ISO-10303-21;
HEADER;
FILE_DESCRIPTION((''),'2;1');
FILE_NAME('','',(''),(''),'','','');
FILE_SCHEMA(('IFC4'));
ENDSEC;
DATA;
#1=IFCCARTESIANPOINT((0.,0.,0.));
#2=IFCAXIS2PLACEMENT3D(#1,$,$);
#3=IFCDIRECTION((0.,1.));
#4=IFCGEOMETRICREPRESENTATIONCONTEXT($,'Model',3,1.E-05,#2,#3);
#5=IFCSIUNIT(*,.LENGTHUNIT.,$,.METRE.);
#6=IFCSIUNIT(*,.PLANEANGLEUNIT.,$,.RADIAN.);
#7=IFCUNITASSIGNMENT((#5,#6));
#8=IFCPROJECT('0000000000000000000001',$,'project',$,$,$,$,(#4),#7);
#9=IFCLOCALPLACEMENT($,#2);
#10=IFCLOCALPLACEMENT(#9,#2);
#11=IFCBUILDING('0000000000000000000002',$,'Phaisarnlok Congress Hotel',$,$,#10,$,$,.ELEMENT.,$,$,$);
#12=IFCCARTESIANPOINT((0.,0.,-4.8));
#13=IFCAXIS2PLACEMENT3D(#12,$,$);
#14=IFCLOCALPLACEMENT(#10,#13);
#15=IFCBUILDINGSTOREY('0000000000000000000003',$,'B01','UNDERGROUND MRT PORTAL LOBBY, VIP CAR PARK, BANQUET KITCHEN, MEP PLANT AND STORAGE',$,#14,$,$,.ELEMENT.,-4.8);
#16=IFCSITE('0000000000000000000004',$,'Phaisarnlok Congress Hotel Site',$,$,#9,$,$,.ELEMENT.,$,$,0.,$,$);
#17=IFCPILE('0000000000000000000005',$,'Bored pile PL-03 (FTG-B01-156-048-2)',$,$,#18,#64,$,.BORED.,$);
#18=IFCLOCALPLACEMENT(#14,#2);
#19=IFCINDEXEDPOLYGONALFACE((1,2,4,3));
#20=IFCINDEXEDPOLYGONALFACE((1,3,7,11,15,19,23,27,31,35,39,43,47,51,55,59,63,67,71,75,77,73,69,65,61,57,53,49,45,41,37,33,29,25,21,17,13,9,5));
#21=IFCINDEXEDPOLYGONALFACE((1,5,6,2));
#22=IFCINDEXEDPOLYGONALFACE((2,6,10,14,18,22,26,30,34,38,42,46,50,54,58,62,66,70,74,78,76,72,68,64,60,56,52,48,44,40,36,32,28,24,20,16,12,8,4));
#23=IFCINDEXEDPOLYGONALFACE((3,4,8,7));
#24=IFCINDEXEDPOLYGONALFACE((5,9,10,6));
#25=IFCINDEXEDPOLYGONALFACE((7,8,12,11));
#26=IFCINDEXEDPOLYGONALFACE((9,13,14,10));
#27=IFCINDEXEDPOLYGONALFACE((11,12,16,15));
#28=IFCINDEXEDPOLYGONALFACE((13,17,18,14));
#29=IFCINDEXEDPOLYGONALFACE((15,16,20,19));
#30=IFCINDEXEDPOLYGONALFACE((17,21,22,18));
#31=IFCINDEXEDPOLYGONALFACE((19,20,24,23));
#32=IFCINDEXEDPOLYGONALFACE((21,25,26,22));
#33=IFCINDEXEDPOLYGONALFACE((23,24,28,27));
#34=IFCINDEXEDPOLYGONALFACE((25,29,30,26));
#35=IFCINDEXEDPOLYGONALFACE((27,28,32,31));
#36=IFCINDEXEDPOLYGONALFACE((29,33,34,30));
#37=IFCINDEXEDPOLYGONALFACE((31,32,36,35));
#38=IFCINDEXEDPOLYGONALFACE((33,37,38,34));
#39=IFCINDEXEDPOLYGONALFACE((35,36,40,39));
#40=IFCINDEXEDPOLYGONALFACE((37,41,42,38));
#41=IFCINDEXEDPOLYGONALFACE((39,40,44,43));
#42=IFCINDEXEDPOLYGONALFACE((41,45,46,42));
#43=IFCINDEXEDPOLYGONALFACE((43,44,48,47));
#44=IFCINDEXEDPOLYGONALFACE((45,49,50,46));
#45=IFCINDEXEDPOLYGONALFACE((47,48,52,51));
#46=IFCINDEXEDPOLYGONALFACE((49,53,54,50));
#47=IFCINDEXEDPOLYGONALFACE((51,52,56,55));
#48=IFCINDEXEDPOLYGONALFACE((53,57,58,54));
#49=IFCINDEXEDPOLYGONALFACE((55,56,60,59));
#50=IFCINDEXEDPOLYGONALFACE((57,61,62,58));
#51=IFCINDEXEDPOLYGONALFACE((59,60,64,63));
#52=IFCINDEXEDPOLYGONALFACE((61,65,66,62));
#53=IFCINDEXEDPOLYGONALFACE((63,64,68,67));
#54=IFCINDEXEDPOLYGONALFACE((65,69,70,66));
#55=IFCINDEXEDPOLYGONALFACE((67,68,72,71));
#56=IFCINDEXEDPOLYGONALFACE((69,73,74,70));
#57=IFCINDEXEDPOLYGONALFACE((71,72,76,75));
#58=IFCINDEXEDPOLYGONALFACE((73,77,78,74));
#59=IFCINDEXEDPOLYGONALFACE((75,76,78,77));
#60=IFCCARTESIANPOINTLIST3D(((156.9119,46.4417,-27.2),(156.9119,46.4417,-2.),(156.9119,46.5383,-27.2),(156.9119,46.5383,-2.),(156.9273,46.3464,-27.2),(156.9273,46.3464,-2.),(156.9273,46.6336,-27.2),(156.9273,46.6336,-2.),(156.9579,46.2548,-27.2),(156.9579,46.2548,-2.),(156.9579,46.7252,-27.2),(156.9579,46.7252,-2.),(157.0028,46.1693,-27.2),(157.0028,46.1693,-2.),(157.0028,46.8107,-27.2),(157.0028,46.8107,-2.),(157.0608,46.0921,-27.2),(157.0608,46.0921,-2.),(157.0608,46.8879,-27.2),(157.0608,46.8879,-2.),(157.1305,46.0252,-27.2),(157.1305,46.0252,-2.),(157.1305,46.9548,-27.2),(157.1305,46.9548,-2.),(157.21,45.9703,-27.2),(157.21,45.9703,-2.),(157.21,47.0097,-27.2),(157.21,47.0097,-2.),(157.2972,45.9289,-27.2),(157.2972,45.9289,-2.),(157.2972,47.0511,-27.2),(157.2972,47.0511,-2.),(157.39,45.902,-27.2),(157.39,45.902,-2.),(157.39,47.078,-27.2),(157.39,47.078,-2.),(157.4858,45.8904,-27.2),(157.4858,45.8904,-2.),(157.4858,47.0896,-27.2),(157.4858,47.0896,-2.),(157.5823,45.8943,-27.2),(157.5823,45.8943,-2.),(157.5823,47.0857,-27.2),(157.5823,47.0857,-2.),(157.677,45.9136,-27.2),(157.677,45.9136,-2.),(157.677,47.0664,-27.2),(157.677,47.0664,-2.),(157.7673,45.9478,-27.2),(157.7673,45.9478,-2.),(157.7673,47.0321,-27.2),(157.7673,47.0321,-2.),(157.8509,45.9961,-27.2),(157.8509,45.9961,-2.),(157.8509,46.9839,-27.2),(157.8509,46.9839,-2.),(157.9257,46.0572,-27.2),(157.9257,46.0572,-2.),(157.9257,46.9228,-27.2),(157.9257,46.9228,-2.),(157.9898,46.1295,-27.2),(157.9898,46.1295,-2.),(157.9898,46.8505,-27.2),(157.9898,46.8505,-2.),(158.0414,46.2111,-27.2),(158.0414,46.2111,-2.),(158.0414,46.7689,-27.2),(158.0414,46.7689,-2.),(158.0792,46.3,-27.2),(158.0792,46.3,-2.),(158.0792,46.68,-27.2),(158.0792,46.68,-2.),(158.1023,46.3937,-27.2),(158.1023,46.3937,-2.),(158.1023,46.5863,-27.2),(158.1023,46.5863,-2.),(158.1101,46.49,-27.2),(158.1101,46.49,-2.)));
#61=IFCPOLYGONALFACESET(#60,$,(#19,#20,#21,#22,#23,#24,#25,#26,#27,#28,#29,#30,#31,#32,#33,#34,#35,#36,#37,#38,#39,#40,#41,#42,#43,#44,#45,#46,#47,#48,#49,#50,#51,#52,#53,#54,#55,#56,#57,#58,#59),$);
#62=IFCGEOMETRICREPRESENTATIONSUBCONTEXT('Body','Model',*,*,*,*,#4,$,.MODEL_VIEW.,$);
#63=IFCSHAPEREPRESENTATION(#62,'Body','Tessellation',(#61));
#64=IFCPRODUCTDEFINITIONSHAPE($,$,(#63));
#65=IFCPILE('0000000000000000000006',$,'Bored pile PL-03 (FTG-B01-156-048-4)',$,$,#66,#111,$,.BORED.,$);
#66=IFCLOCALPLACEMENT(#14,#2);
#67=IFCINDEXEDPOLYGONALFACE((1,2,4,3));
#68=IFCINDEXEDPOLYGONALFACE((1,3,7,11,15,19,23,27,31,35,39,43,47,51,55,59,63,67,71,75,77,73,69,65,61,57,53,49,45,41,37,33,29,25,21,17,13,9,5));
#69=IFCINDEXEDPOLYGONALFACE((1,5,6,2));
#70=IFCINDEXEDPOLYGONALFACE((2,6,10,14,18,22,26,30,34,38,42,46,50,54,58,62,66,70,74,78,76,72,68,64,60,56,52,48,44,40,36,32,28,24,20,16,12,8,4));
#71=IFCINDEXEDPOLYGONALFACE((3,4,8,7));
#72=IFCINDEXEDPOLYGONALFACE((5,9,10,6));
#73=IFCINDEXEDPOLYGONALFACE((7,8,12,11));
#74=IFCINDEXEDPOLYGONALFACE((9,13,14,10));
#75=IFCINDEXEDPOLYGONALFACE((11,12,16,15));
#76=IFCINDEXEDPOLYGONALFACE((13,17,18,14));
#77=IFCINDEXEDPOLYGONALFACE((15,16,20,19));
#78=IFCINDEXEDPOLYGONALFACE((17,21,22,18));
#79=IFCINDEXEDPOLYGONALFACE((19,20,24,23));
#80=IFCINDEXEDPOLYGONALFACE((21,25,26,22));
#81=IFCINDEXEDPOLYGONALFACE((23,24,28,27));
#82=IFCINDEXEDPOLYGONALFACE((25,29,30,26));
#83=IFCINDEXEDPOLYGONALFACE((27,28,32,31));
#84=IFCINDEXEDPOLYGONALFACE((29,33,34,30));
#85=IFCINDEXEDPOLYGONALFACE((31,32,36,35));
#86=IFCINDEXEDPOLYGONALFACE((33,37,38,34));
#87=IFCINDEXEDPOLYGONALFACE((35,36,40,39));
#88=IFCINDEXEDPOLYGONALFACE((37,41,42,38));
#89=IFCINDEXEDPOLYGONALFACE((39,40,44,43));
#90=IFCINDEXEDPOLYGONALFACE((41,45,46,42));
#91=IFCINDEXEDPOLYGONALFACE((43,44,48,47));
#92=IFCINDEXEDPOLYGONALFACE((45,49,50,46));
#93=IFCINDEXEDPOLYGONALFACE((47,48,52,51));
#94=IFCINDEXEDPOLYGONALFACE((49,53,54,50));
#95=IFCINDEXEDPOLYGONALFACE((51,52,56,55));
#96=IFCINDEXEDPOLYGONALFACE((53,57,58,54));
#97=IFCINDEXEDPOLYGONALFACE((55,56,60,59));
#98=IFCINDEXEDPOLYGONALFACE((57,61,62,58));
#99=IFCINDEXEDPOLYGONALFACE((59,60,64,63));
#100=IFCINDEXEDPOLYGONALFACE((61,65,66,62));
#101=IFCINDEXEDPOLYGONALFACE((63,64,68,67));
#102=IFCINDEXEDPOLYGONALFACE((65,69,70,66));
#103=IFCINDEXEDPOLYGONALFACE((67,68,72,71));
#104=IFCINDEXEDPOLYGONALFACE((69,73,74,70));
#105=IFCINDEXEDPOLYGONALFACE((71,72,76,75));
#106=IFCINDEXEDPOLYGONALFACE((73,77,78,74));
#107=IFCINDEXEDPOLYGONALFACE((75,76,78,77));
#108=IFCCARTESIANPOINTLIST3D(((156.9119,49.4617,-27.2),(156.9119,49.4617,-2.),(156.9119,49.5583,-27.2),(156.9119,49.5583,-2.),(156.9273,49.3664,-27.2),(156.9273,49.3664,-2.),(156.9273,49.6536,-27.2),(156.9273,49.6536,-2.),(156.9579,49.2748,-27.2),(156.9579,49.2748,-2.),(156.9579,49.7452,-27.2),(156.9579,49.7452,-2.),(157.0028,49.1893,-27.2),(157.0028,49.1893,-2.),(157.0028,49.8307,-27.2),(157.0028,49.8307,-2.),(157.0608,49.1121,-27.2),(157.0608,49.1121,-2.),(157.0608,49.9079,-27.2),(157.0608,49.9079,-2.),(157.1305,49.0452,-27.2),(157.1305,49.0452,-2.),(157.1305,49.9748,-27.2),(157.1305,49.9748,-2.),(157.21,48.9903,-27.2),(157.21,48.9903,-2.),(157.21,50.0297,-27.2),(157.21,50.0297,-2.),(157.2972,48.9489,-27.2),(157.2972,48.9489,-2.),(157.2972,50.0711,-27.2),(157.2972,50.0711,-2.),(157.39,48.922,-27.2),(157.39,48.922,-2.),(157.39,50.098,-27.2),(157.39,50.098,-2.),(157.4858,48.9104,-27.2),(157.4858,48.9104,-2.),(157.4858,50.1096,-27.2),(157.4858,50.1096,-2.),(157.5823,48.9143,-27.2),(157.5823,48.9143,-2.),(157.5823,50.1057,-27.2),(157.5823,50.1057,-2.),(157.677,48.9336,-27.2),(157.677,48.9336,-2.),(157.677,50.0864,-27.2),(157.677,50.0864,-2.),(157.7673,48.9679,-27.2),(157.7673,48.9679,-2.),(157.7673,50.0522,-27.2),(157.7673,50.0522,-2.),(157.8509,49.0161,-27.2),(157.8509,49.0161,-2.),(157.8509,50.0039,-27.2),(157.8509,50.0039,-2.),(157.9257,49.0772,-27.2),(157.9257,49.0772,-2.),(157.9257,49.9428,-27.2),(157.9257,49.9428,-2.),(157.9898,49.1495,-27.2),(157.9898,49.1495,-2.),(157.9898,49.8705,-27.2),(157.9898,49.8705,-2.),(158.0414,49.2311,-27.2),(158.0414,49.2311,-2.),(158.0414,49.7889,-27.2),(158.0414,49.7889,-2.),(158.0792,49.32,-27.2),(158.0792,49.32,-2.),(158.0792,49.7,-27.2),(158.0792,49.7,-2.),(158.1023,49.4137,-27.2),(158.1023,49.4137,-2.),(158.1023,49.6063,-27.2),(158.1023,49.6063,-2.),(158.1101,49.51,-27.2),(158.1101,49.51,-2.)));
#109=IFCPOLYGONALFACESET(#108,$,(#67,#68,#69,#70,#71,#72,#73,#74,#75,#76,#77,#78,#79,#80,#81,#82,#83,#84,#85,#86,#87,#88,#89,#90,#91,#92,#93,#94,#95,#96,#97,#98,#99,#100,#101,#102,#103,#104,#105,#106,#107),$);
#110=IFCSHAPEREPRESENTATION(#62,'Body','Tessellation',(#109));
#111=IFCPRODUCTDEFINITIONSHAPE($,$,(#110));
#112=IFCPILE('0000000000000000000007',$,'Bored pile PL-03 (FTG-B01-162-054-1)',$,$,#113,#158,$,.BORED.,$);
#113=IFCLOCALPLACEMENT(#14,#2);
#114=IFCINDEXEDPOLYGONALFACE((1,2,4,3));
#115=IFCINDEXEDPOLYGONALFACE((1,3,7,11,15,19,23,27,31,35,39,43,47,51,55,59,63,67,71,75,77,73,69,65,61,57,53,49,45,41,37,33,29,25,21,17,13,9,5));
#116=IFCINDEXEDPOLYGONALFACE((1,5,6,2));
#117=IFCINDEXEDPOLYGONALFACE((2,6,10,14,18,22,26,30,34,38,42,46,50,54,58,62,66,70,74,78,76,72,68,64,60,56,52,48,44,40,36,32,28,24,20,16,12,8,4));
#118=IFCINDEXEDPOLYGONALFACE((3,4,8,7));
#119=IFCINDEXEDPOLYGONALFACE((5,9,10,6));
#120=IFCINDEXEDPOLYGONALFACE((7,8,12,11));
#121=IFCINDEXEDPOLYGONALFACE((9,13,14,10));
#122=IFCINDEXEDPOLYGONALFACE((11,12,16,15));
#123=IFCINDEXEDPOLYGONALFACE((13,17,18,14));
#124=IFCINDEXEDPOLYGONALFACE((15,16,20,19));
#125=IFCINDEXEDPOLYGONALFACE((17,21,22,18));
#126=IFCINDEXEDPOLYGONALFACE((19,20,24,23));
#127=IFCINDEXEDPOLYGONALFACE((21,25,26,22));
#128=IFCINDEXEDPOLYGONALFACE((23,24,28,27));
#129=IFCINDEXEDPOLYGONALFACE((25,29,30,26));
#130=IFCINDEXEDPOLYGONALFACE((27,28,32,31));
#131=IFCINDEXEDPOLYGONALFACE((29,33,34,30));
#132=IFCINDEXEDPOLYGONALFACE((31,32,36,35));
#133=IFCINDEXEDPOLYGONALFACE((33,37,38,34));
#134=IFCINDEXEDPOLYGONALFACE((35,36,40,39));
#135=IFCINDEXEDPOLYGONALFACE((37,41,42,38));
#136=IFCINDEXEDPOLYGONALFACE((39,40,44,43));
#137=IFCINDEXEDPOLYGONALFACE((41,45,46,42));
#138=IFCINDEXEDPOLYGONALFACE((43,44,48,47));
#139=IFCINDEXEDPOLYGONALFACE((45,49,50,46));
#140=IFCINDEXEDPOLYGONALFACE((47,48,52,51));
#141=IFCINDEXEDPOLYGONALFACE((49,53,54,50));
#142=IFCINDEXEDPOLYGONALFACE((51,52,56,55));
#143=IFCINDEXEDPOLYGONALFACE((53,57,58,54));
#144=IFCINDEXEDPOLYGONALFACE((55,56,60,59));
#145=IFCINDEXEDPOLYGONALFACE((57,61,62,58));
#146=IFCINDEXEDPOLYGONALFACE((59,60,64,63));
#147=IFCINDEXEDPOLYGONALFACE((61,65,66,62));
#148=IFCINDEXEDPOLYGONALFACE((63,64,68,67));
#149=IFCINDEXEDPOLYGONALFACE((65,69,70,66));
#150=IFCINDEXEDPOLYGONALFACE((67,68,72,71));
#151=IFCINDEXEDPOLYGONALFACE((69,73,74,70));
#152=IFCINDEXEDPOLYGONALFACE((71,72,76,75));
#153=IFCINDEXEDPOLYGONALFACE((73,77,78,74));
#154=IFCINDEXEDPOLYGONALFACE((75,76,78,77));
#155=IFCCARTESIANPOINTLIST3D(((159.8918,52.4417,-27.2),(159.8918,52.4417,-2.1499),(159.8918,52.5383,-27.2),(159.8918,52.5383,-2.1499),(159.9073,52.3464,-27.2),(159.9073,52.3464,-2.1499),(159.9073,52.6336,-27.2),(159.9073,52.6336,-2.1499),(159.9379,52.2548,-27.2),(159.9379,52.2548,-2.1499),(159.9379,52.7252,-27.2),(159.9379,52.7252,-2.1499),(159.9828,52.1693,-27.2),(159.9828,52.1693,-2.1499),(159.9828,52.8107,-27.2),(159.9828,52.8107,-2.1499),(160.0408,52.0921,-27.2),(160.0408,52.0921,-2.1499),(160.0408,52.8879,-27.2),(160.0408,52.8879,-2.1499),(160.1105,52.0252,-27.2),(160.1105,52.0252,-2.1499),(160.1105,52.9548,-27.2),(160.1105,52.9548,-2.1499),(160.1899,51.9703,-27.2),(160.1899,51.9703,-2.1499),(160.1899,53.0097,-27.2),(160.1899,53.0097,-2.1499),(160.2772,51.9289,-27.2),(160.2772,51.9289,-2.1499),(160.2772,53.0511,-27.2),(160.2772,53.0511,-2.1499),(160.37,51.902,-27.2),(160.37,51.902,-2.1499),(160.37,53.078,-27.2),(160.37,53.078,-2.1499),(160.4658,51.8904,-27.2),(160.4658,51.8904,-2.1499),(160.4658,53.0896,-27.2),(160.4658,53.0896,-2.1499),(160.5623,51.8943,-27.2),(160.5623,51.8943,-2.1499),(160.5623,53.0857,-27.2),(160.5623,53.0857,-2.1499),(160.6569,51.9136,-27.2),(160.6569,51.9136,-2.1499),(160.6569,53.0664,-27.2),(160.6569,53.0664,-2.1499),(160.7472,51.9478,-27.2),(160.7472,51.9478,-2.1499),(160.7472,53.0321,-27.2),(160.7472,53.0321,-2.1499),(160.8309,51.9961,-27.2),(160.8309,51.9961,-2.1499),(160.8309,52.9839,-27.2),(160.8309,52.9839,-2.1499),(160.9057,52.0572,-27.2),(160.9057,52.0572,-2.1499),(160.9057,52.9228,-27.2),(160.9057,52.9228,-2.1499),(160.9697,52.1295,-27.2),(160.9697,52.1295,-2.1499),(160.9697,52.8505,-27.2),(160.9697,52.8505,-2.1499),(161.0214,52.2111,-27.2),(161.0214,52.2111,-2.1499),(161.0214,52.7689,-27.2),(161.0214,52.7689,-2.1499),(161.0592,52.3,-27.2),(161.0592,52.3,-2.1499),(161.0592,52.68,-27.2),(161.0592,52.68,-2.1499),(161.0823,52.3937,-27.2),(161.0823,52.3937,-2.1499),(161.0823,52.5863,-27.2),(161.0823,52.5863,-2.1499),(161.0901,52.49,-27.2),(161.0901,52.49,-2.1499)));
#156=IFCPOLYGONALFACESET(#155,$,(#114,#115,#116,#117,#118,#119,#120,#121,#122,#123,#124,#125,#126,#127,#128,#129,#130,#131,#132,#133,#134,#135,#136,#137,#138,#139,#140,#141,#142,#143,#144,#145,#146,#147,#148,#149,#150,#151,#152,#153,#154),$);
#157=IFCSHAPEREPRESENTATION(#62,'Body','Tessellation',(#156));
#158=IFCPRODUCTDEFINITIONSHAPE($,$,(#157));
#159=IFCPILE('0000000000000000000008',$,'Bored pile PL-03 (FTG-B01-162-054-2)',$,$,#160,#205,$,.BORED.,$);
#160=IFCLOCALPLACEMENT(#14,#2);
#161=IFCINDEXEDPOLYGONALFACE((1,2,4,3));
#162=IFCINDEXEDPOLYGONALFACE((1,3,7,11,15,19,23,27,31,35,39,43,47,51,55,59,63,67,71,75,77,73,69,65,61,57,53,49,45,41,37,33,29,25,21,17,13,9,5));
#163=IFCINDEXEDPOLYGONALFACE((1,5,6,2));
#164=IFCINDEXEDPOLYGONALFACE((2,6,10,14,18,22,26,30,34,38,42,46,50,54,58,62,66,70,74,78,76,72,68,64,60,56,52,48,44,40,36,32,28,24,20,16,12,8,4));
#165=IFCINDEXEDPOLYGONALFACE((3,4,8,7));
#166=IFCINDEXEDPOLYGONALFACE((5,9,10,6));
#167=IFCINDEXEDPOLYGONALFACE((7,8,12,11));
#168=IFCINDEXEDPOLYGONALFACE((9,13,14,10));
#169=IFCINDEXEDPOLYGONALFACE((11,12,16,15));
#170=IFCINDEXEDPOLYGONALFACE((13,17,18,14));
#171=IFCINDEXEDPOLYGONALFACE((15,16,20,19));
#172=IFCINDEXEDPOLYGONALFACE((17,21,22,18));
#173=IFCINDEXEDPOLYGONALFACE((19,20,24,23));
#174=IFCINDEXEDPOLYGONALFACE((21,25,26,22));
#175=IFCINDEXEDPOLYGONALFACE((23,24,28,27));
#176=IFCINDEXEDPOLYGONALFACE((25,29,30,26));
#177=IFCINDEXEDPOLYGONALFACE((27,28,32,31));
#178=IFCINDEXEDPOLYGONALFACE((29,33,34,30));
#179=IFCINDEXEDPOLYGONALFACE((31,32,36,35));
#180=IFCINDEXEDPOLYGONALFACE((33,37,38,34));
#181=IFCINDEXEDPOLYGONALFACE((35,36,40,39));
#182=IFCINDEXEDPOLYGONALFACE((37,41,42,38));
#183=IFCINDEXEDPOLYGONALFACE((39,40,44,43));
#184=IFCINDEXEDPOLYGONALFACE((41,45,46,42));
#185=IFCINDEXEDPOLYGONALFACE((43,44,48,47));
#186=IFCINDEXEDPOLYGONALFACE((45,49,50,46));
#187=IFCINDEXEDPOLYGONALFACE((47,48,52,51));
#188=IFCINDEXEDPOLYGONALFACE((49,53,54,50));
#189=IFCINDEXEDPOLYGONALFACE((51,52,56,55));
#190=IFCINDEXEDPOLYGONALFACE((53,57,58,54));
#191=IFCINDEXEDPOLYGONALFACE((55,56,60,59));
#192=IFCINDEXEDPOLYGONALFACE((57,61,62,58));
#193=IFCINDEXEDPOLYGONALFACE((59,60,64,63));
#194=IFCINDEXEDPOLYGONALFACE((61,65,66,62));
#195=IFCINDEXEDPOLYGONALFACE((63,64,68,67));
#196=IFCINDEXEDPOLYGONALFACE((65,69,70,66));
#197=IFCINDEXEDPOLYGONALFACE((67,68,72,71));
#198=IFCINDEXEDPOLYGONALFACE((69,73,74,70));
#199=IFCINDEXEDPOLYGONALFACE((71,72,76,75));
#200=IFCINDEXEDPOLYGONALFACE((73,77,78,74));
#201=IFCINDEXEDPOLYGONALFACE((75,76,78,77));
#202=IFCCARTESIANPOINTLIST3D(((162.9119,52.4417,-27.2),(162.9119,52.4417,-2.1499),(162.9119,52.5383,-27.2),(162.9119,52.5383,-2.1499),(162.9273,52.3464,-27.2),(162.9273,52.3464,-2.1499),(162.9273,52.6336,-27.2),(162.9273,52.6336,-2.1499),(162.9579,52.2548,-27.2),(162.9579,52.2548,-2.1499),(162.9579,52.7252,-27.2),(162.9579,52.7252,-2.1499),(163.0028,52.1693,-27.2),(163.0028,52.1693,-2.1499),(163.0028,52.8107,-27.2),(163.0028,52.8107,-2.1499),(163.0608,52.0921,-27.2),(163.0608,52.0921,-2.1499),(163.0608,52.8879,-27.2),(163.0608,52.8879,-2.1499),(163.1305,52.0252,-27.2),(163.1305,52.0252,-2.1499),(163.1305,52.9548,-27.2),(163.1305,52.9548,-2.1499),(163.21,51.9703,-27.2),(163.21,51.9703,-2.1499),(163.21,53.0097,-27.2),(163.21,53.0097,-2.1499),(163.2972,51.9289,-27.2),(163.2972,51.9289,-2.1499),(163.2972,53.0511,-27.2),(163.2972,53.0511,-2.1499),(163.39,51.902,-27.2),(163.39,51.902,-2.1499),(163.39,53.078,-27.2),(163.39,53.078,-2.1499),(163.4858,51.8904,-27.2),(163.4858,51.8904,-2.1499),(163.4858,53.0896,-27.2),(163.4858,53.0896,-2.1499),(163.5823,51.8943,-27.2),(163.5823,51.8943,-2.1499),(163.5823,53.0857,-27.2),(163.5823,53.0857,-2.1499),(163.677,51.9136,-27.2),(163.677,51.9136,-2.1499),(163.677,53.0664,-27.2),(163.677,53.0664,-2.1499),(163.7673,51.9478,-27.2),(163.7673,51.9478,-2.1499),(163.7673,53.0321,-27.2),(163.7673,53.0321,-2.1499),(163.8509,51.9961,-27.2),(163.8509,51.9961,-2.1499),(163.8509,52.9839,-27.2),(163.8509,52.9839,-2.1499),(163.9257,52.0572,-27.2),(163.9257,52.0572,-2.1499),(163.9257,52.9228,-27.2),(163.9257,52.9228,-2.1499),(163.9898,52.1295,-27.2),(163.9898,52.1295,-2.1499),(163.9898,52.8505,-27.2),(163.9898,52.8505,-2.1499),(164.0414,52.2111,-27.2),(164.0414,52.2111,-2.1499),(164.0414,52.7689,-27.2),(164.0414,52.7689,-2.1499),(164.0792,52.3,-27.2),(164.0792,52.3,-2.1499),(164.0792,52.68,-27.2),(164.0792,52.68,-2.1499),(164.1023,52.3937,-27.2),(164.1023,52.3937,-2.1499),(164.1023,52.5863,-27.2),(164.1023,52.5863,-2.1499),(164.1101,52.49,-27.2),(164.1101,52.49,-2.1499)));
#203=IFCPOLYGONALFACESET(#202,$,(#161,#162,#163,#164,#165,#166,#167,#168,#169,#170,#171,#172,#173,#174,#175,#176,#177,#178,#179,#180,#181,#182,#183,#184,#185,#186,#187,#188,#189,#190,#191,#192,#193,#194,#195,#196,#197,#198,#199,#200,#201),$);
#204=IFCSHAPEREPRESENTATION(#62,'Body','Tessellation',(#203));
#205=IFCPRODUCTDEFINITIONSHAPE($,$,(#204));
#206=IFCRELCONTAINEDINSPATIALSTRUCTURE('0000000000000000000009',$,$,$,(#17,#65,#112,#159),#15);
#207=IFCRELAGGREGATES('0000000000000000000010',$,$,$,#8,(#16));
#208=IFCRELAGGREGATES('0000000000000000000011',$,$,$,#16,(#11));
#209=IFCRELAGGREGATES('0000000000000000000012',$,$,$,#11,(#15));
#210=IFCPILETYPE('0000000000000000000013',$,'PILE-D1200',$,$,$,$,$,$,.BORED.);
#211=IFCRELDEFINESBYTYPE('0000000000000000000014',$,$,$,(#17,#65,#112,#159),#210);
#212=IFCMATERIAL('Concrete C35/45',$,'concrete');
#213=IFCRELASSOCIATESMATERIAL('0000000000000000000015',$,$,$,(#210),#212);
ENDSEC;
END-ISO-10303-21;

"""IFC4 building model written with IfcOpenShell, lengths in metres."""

from ifc_helpers import new_model, si_unit, direction, frame, origin, origin_2d, place, context, subcontext, project, spatial, circle, extrude, material, material_profile, profile_set, type_object, element, save


model = new_model("IFC4")

# Units and contexts
model_context = context("Model", 3, precision=1e-05, world=origin(), true_north=direction((0.0, 1.0)))
body_context = subcontext(model_context, "Body", "Model", "MODEL_VIEW")
ifc_project = project(units=[si_unit("LENGTHUNIT", "METRE"), si_unit("PLANEANGLEUNIT", "RADIAN")], contexts=[model_context])

# Site, building, storey
site_placement = place(None, origin())
site = spatial("IfcSite", under=ifc_project, at=site_placement, Name="Phaisarnlok Congress Hotel Site", CompositionType="ELEMENT", RefElevation=0.0)
building_placement = place(site_placement, origin())
building = spatial("IfcBuilding", under=site, at=building_placement, Name="Phaisarnlok Congress Hotel", CompositionType="ELEMENT")
storey_placement = place(building_placement, frame((0.0, 0.0, -4.8)))
storey = spatial("IfcBuildingStorey", under=building, at=storey_placement, Name="B01", Description="UNDERGROUND MRT PORTAL LOBBY, VIP CAR PARK, BANQUET KITCHEN, MEP PLANT AND STORAGE", CompositionType="ELEMENT", Elevation=-4.8)

# Piles
ifc_material_1 = material(Name="Concrete C35/45", Category="concrete")
ifc_material_profile_1 = material_profile(ifc_material_1, circle(Radius=0.6001, at=origin_2d()), Name="BORED PILE D1200")
ifc_profile_set_1 = profile_set([ifc_material_profile_1], Name="Concrete C35/45")
pile_type_1 = type_object("IfcPileType", Name="PILE-D1200", PredefinedType="BORED", material=ifc_profile_set_1)
for number, where, z_axis, x_axis, name in (
    (1, (157.51, 46.49, -2.0), (0.0, 0.0, -1.0), (1.0, 0.0, 0.0), "Bored pile PL-03 (FTG-B01-156-048-2)"),
    (2, (157.51, 49.51, -2.0), (0.0, 0.0, -1.0), (1.0, 0.0, 0.0), "Bored pile PL-03 (FTG-B01-156-048-4)"),
):
    element("IfcPile", number, at=place(storey_placement, frame(where, z_axis=z_axis, x_axis=x_axis)), inside=storey, type_object=pile_type_1, Name=name, PredefinedType="BORED", context=body_context, shape_type="SweptSolid", body=[
        extrude(circle(Radius=0.6001, at=origin_2d()), origin(), (0.0, 0.0, 1.0), 25.2),
    ])
for number, where, z_axis, x_axis, name in (
    (3, (160.49, 52.49, -2.1499), (0.0, 0.0, -1.0), (1.0, 0.0, 0.0), "Bored pile PL-03 (FTG-B01-162-054-1)"),
    (4, (163.51, 52.49, -2.1499), (0.0, 0.0, -1.0), (1.0, 0.0, 0.0), "Bored pile PL-03 (FTG-B01-162-054-2)"),
):
    element("IfcPile", number, at=place(storey_placement, frame(where, z_axis=z_axis, x_axis=x_axis)), inside=storey, type_object=pile_type_1, Name=name, PredefinedType="BORED", context=body_context, shape_type="SweptSolid", body=[
        extrude(circle(Radius=0.6001, at=origin_2d()), origin(), (0.0, 0.0, 1.0), 25.05),
    ])

save(model, "model.ifc")
